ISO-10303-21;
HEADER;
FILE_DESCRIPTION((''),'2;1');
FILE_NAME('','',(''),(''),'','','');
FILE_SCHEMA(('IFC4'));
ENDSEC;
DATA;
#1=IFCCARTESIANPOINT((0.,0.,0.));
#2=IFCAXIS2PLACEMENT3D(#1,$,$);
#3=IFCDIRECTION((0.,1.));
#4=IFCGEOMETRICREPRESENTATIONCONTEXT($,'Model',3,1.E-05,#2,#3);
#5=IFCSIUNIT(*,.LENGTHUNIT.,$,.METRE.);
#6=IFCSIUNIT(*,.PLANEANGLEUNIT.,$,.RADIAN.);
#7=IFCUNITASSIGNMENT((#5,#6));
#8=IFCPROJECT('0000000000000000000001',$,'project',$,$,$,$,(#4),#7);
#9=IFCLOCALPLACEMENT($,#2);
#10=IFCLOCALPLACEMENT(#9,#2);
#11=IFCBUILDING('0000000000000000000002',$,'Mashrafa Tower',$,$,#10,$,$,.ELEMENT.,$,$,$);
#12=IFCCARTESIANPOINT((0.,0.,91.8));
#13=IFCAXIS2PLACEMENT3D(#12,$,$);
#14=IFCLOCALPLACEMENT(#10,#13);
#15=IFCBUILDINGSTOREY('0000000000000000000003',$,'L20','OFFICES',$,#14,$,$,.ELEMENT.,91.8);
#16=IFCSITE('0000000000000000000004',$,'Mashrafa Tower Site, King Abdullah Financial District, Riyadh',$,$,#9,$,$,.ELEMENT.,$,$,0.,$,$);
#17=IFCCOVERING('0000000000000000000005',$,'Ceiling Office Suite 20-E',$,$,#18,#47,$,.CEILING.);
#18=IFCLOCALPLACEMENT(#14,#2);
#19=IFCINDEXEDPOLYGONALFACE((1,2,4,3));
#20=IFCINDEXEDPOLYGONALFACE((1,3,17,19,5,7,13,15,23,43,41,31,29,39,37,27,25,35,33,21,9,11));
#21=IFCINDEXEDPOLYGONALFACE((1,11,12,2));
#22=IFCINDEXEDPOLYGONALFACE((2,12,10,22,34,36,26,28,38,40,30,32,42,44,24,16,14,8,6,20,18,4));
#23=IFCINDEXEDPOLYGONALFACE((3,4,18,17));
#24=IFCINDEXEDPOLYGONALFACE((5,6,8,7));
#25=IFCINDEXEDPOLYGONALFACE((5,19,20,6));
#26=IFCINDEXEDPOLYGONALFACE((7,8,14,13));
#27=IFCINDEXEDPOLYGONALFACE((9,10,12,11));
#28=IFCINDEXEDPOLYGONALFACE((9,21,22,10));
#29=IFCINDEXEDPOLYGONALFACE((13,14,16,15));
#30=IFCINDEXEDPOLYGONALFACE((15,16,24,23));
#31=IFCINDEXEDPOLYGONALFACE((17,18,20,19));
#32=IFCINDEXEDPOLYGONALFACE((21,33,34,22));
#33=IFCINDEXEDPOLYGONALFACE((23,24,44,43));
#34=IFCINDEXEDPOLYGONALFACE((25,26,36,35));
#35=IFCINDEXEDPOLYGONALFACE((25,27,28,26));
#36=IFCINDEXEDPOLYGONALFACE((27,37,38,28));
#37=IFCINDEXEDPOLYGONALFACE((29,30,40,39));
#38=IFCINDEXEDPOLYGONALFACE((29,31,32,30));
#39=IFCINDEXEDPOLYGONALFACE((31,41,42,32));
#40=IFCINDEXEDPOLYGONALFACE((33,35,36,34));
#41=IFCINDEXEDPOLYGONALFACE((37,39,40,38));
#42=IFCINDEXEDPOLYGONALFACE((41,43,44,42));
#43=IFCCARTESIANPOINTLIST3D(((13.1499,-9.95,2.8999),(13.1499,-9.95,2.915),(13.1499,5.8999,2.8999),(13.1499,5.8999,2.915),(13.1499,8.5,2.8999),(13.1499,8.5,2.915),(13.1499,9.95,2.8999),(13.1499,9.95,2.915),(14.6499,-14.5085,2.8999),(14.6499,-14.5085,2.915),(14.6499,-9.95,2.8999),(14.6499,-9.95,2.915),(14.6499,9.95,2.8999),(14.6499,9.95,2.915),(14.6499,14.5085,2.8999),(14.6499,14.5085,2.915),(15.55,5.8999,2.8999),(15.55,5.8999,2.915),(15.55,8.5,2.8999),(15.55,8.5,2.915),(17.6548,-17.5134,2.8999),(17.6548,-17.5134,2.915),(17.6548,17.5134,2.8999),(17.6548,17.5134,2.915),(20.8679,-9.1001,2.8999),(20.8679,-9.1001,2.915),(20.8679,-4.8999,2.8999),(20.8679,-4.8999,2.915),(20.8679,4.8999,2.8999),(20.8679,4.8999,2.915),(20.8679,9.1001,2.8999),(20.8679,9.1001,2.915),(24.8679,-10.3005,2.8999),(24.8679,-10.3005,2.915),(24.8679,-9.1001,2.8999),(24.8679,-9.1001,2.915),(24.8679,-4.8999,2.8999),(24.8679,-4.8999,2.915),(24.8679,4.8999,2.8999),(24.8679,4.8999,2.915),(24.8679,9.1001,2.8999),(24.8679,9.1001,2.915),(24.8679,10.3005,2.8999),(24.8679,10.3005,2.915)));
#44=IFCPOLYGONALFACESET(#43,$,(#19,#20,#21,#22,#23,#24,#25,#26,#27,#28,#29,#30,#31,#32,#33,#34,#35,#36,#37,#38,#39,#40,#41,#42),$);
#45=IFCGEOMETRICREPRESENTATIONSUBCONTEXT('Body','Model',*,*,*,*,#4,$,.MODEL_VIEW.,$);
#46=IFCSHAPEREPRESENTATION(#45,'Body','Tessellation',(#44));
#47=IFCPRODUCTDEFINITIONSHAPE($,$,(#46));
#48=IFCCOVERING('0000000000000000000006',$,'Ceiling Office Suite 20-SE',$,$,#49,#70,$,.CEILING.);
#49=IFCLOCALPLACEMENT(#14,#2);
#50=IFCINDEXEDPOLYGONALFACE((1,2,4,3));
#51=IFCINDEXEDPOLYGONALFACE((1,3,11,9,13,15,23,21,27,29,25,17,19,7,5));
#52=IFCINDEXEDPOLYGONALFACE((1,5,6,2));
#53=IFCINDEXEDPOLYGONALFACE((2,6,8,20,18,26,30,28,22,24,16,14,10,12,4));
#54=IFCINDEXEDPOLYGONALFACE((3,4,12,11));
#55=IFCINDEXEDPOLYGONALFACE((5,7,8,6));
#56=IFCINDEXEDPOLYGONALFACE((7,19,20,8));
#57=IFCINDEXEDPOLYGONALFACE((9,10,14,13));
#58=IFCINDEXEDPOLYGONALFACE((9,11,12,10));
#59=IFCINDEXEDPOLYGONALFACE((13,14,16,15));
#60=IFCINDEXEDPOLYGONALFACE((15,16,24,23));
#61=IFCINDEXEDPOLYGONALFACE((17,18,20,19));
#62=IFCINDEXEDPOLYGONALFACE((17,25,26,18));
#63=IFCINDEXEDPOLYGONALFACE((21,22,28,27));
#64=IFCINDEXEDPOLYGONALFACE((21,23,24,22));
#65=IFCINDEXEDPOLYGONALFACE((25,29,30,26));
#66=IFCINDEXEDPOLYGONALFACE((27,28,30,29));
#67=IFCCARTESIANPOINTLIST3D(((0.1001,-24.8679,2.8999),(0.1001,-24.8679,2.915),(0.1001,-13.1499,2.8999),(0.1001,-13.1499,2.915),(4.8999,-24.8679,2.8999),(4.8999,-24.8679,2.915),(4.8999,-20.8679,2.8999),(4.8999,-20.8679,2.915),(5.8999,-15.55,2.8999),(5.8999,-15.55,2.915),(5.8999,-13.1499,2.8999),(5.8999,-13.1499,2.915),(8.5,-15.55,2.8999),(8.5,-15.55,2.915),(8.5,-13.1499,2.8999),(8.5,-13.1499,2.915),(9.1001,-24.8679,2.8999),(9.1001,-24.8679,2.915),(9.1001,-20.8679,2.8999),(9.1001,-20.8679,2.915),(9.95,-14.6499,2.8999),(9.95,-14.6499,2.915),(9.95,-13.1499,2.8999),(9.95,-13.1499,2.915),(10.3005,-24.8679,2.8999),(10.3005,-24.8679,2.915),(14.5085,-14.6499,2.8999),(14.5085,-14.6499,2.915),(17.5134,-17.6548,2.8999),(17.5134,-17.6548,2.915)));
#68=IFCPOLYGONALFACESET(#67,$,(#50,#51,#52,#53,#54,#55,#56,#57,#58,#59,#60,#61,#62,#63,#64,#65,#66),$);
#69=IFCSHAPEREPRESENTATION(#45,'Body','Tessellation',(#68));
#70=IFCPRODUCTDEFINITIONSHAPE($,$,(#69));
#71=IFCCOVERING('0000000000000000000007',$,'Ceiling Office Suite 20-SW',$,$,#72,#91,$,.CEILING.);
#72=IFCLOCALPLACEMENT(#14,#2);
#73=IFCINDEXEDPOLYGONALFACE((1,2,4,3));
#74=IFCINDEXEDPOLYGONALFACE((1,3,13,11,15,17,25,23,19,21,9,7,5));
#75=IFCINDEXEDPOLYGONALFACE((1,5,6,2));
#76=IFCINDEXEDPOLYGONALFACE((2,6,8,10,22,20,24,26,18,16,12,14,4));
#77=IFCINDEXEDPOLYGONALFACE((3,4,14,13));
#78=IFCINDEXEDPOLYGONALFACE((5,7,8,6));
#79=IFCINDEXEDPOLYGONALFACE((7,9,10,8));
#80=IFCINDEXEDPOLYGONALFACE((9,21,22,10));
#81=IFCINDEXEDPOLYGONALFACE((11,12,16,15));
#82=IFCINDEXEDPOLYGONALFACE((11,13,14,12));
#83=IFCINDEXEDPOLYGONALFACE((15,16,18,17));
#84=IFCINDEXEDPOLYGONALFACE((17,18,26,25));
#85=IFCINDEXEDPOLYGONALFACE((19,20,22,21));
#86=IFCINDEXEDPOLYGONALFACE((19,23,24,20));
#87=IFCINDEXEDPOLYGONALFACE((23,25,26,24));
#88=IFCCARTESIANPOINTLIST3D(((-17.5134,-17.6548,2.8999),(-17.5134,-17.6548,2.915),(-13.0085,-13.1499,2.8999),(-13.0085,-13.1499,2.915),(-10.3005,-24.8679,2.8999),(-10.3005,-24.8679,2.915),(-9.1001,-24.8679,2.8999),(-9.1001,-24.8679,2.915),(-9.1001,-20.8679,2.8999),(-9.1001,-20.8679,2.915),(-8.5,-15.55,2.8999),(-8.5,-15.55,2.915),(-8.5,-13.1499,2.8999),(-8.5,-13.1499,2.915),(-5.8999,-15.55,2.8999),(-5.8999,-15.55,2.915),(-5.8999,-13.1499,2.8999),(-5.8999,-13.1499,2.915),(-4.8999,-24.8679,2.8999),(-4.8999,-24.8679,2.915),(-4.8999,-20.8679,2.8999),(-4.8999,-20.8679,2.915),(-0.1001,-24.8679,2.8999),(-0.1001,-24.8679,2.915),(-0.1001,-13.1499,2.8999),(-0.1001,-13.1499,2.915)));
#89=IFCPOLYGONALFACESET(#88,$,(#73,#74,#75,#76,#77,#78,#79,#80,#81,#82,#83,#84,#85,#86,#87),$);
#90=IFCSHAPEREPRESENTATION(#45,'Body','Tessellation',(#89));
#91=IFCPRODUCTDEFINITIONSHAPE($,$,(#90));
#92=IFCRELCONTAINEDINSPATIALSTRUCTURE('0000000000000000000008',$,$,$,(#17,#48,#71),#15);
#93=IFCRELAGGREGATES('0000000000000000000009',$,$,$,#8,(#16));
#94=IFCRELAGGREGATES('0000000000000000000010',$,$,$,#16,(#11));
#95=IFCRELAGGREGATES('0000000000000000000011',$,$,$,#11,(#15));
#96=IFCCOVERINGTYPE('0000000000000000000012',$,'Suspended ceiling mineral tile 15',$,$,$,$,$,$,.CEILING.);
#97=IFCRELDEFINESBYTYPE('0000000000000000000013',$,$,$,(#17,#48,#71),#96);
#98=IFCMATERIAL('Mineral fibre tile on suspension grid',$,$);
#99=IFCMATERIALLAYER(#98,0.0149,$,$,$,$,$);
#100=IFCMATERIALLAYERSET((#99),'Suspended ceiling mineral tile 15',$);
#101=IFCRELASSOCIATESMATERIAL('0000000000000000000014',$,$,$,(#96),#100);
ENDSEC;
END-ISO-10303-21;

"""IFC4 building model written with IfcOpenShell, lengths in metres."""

from ifc_helpers import new_model, si_unit, direction, frame, origin, place, context, subcontext, project, spatial, polyline, outline, extrude, material, layer, layer_set, type_object, element, save


model = new_model("IFC4")

# Units and contexts
model_context = context("Model", 3, precision=1e-05, world=origin(), true_north=direction((0.0, 1.0)))
body_context = subcontext(model_context, "Body", "Model", "MODEL_VIEW")
ifc_project = project(units=[si_unit("LENGTHUNIT", "METRE"), si_unit("PLANEANGLEUNIT", "RADIAN")], contexts=[model_context])

# Site, building, storey
site_placement = place(None, origin())
site = spatial("IfcSite", under=ifc_project, at=site_placement, Name="Mashrafa Tower Site, King Abdullah Financial District, Riyadh", CompositionType="ELEMENT", RefElevation=0.0)
building_placement = place(site_placement, origin())
building = spatial("IfcBuilding", under=site, at=building_placement, Name="Mashrafa Tower", CompositionType="ELEMENT")
storey_placement = place(building_placement, frame((0.0, 0.0, 91.8)))
storey = spatial("IfcBuildingStorey", under=building, at=storey_placement, Name="L20", Description="OFFICES", CompositionType="ELEMENT", Elevation=91.8)

# Coverings
ifc_material_1 = material(Name="Mineral fibre tile on suspension grid")
ifc_layer_1 = layer(ifc_material_1, 0.0149)
ifc_layer_set_1 = layer_set([ifc_layer_1], Name="Suspended ceiling mineral tile 15")
covering_type = type_object("IfcCoveringType", Name="Suspended ceiling mineral tile 15", PredefinedType="CEILING", material=ifc_layer_set_1)
covering_1_placement = place(storey_placement, frame((0.0, 0.0, 2.8999)))
element("IfcCovering", 1, at=covering_1_placement, inside=storey, type_object=covering_type, Name="Ceiling Office Suite 20-E", PredefinedType="CEILING", context=body_context, shape_type="SweptSolid", body=[
    extrude(outline(polyline([(14.6499, 14.5085), (17.6548, 17.5134), (24.8679, 10.3005), (24.8679, 9.1001), (20.8679, 9.1001), (20.8679, 4.8999), (24.8679, 4.8999), (24.8679, -4.8999), (20.8679, -4.8999), (20.8679, -9.1001), (24.8679, -9.1001), (24.8679, -10.3005), (17.6548, -17.5134), (14.6499, -14.5085), (14.6499, -9.95), (13.1499, -9.95), (13.1499, 5.8999), (15.55, 5.8999), (15.55, 8.5), (13.1499, 8.5), (13.1499, 9.95), (14.6499, 9.95), (14.6499, 14.5085)])), origin(), (0.0, 0.0, 1.0), 0.0151),
])
covering_2_placement = place(storey_placement, frame((0.0, 0.0, 2.8999)))
element("IfcCovering", 2, at=covering_2_placement, inside=storey, type_object=covering_type, Name="Ceiling Office Suite 20-SE", PredefinedType="CEILING", context=body_context, shape_type="SweptSolid", body=[
    extrude(outline(polyline([(14.5085, -14.6499), (17.5134, -17.6548), (10.3005, -24.8679), (9.1001, -24.8679), (9.1001, -20.8679), (4.8999, -20.8679), (4.8999, -24.8679), (0.1001, -24.8679), (0.1001, -13.1499), (5.8999, -13.1499), (5.8999, -15.55), (8.5, -15.55), (8.5, -13.1499), (9.95, -13.1499), (9.95, -14.6499), (14.5085, -14.6499)])), origin(), (0.0, 0.0, 1.0), 0.0151),
])
covering_3_placement = place(storey_placement, frame((0.0, 0.0, 2.8999)))
element("IfcCovering", 3, at=covering_3_placement, inside=storey, type_object=covering_type, Name="Ceiling Office Suite 20-SW", PredefinedType="CEILING", context=body_context, shape_type="SweptSolid", body=[
    extrude(outline(polyline([(-0.1001, -24.8679), (-4.8999, -24.8679), (-4.8999, -20.8679), (-9.1001, -20.8679), (-9.1001, -24.8679), (-10.3005, -24.8679), (-17.5134, -17.6548), (-13.0085, -13.1499), (-8.5, -13.1499), (-8.5, -15.55), (-5.8999, -15.55), (-5.8999, -13.1499), (-0.1001, -13.1499), (-0.1001, -24.8679)])), origin(), (0.0, 0.0, 1.0), 0.0151),
])

save(model, "model.ifc")
